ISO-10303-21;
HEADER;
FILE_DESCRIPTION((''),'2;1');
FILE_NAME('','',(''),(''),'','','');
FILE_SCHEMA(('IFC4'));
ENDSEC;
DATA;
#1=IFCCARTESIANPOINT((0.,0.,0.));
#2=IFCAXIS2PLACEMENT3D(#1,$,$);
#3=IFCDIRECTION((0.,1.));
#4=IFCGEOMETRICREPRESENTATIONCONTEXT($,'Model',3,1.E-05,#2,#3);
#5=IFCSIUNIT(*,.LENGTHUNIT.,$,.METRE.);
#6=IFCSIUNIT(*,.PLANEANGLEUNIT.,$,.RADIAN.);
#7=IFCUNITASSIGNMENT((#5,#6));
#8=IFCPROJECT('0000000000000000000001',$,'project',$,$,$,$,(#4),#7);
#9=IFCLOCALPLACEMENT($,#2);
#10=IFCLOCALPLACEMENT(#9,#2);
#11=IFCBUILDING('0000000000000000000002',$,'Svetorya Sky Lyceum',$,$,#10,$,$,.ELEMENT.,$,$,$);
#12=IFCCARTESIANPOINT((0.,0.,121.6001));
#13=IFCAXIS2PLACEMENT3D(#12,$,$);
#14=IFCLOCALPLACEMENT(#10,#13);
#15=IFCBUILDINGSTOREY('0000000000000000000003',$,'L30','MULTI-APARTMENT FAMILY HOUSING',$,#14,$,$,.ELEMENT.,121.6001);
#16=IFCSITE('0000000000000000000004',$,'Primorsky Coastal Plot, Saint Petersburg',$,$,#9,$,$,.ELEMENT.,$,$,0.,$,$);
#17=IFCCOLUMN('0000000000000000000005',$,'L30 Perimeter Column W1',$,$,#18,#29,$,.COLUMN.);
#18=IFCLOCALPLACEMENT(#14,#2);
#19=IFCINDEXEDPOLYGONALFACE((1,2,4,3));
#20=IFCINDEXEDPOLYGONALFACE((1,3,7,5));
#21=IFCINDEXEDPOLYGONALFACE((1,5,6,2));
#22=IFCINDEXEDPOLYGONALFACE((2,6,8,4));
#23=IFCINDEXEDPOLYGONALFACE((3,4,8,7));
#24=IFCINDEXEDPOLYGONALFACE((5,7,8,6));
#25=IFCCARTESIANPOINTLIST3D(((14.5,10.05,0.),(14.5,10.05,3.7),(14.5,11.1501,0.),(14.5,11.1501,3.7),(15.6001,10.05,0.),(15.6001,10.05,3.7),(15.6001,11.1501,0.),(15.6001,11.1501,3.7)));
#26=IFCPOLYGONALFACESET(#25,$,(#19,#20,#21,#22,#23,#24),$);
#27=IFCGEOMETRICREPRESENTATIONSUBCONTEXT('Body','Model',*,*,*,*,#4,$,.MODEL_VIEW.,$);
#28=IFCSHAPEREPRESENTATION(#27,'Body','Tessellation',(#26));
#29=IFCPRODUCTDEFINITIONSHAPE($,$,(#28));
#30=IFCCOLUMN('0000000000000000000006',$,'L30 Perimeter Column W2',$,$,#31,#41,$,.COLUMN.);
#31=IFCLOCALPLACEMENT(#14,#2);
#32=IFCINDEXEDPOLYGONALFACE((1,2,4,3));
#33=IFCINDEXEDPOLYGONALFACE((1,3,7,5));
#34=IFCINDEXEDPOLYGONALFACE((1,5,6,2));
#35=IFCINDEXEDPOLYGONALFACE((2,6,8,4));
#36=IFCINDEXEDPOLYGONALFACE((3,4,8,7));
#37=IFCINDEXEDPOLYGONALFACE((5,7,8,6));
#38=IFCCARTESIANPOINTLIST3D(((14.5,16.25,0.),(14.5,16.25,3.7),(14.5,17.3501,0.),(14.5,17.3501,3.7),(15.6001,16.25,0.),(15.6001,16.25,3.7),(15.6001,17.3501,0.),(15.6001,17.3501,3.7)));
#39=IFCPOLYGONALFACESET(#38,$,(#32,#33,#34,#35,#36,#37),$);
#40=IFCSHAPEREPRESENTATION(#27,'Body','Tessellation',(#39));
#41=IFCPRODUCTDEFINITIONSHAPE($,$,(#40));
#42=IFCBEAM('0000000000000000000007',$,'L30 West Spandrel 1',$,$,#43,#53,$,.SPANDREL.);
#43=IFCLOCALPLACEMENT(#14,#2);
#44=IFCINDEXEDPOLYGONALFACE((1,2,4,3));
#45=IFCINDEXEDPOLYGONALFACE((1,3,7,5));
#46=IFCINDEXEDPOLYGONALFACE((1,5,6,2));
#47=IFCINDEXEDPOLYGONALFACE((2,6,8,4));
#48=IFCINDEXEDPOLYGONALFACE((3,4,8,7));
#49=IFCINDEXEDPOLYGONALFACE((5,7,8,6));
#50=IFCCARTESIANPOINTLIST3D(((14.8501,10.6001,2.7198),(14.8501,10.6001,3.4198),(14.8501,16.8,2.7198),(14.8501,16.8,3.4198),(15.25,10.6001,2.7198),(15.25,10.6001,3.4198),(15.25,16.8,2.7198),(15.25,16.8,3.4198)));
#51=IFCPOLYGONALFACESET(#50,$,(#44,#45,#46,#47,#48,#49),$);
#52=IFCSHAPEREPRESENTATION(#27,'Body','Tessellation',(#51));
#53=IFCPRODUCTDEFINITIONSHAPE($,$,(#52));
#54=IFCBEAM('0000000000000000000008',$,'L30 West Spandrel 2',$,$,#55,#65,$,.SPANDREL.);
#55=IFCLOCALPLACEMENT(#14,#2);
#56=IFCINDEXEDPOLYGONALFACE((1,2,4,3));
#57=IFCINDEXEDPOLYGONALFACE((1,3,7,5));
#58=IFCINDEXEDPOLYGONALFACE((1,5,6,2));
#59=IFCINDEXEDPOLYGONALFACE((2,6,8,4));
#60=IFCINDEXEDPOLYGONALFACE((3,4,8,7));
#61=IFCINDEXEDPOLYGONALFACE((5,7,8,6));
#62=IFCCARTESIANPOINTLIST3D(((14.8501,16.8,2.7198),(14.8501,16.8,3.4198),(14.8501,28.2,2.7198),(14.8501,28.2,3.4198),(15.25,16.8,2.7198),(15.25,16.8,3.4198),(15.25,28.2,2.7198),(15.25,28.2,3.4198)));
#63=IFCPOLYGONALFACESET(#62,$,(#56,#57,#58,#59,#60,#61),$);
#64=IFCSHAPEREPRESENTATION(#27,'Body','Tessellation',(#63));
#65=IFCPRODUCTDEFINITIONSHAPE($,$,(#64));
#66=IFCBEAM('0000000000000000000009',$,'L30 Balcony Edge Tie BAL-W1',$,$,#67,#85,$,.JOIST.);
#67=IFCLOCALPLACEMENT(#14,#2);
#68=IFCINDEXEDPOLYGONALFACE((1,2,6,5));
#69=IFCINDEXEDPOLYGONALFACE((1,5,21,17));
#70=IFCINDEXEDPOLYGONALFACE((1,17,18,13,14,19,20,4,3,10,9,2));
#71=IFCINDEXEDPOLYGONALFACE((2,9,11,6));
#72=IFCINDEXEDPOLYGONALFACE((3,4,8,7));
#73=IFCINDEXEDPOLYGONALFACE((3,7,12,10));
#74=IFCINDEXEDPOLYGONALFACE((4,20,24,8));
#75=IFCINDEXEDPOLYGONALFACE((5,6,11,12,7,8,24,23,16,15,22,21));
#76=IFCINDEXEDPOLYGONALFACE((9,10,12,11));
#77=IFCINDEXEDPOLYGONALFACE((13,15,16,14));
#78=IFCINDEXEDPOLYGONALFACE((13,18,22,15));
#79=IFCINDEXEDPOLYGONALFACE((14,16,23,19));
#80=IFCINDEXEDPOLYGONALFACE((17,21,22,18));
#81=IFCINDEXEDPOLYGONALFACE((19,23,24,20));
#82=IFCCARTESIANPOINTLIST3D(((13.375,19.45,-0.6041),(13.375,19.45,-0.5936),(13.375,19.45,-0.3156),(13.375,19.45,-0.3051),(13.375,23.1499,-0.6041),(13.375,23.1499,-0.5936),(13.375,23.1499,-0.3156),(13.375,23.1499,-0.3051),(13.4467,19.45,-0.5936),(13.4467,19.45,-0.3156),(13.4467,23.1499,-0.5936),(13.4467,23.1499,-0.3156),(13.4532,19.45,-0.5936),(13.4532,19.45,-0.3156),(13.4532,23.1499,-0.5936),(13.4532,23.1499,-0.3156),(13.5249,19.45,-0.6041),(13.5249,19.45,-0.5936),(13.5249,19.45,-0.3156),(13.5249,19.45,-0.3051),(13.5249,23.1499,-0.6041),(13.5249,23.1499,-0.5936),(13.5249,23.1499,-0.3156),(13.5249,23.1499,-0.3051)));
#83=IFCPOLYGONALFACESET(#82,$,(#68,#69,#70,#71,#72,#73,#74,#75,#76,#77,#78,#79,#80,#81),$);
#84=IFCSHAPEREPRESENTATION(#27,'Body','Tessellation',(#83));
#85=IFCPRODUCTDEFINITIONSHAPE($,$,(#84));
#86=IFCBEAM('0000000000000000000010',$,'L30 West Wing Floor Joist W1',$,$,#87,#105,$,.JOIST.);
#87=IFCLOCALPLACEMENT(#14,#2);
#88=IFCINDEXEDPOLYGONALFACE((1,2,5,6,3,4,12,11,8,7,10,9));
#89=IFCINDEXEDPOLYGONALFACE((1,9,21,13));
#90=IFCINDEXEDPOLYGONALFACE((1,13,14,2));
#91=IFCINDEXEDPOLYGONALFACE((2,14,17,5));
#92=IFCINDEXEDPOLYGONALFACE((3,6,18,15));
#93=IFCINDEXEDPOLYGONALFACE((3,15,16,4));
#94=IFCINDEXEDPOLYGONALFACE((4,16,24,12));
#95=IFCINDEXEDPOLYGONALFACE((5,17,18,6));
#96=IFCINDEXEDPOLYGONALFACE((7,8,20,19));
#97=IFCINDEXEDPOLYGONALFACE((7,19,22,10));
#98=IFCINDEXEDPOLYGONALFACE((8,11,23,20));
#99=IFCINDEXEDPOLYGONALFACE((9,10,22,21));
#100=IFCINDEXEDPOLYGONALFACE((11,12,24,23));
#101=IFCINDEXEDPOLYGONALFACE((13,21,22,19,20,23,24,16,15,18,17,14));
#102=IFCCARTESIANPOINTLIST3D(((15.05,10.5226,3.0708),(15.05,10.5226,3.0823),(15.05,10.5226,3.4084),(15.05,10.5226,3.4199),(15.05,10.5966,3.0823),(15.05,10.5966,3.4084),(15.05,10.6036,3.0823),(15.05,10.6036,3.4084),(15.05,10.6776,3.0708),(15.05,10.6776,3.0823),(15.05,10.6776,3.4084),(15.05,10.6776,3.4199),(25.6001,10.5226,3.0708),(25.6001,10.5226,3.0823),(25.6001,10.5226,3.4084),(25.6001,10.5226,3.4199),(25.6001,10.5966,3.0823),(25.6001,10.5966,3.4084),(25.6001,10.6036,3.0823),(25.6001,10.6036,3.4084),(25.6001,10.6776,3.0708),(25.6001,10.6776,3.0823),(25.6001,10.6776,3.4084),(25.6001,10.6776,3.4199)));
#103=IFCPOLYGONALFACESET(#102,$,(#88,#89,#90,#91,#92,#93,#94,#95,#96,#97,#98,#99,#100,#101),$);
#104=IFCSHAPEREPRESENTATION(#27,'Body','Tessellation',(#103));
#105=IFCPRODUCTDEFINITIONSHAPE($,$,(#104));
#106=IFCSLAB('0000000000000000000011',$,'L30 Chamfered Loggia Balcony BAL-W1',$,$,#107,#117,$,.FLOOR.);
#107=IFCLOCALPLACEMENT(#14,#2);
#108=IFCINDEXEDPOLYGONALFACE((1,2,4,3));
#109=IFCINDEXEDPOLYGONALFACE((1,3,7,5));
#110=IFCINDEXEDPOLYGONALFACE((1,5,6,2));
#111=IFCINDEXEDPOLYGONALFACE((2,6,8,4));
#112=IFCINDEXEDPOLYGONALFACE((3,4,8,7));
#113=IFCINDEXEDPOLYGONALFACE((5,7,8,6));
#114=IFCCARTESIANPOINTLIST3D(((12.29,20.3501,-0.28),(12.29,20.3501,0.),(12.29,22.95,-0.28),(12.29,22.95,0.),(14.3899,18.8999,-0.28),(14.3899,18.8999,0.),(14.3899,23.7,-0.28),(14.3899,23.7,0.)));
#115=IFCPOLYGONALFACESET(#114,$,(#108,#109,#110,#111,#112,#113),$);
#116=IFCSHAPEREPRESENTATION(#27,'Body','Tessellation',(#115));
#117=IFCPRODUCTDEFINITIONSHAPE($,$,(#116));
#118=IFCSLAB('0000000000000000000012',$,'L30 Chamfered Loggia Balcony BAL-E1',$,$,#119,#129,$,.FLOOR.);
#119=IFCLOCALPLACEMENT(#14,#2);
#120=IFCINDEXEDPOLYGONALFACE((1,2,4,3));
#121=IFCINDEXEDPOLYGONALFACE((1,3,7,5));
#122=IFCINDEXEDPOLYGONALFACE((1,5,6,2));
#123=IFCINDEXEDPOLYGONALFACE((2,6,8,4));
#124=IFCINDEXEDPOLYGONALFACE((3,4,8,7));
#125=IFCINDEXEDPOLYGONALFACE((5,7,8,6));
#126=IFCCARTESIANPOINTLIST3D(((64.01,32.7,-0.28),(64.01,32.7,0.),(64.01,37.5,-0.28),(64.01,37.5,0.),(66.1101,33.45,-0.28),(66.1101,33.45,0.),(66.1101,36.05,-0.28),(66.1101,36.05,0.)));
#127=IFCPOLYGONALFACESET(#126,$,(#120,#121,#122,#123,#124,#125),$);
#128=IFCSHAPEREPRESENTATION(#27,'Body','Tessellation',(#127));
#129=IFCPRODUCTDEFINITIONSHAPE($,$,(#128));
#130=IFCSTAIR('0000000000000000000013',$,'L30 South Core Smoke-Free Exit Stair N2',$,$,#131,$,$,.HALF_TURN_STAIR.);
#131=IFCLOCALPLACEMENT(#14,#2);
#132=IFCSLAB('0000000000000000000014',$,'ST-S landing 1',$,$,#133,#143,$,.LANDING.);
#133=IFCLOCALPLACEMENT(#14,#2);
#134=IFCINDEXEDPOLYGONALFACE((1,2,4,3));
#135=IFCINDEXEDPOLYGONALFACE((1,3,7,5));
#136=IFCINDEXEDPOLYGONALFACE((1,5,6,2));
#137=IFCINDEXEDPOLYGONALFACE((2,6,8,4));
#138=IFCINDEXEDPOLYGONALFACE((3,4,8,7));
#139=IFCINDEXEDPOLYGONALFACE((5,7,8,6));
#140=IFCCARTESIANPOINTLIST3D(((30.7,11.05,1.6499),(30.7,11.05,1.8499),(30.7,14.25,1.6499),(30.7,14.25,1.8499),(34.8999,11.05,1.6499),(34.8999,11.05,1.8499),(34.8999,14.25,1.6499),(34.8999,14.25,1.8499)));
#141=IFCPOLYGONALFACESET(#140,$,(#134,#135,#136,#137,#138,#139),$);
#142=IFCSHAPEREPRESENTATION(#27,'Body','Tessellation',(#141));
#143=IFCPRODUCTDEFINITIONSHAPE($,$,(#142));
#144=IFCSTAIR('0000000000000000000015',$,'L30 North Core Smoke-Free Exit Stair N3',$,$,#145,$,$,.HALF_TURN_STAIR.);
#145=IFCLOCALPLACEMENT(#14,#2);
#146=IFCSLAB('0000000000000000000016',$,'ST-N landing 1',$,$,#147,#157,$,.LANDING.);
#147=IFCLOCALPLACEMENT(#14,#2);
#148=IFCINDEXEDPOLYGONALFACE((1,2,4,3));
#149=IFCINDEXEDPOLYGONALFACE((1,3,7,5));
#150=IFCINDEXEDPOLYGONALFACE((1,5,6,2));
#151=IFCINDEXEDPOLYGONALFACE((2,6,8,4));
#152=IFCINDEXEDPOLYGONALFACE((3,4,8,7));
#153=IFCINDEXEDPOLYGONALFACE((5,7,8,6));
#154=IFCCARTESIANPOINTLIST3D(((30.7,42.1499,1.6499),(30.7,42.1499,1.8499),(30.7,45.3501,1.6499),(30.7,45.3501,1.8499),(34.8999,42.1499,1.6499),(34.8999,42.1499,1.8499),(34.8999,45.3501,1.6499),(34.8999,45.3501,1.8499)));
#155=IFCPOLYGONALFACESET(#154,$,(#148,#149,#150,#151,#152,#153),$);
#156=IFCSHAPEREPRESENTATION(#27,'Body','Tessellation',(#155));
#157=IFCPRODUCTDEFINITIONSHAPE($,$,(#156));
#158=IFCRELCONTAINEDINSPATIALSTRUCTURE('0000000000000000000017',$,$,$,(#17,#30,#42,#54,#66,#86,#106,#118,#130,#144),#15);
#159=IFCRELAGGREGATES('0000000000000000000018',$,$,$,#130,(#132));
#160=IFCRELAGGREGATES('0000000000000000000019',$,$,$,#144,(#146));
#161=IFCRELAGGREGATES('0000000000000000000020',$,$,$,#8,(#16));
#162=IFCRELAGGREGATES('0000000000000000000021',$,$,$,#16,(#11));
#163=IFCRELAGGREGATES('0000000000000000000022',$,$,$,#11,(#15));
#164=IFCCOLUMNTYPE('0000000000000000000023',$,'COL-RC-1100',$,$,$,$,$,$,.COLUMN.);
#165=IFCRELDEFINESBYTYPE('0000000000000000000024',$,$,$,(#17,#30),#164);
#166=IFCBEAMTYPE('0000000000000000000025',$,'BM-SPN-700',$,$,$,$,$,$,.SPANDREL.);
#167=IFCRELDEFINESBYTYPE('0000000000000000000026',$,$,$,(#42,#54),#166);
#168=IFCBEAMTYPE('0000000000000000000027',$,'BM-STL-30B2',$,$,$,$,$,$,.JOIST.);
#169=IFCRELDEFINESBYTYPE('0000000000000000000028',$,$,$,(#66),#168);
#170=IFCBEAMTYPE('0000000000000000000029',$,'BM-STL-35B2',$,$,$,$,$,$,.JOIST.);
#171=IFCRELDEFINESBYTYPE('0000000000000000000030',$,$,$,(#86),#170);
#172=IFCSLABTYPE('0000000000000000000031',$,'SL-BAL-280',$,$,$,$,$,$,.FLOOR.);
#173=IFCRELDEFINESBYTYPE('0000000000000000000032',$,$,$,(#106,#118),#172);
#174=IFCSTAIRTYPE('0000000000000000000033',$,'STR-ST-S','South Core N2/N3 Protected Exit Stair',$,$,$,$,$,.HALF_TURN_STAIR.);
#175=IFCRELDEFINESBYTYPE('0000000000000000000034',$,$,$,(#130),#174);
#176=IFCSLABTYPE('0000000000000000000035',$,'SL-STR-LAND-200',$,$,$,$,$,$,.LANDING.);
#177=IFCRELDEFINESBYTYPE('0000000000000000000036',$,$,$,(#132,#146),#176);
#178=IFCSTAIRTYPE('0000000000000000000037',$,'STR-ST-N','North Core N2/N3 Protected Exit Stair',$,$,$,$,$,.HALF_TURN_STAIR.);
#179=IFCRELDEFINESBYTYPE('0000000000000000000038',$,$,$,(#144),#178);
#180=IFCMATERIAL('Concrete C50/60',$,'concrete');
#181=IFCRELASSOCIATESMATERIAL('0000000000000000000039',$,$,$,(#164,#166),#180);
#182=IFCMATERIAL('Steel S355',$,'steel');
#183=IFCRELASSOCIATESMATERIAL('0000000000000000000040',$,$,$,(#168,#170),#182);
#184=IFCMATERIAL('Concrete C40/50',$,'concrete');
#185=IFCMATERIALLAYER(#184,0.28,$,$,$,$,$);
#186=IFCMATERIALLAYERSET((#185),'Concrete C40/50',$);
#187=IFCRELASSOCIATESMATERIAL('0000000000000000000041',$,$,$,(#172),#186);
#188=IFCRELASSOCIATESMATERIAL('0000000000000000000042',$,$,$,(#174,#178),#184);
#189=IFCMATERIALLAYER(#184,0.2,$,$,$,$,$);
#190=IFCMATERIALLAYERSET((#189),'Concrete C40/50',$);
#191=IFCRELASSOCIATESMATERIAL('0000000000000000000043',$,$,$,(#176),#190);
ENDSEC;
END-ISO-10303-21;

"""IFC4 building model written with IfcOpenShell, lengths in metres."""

from ifc_helpers import new_model, si_unit, direction, frame, origin, origin_2d, place, context, subcontext, project, spatial, polyline, rectangle, i_section, outline, extrude, material, layer, layer_set, material_profile, profile_set, type_object, element, aggregate, save


model = new_model("IFC4")

# Units and contexts
model_context = context("Model", 3, precision=1e-05, world=origin(), true_north=direction((0.0, 1.0)))
body_context = subcontext(model_context, "Body", "Model", "MODEL_VIEW")
ifc_project = project(units=[si_unit("LENGTHUNIT", "METRE"), si_unit("PLANEANGLEUNIT", "RADIAN")], contexts=[model_context])

# Site, building, storey
site_placement = place(None, origin())
site = spatial("IfcSite", under=ifc_project, at=site_placement, Name="Primorsky Coastal Plot, Saint Petersburg", CompositionType="ELEMENT", RefElevation=0.0)
building_placement = place(site_placement, origin())
building = spatial("IfcBuilding", under=site, at=building_placement, Name="Svetorya Sky Lyceum", CompositionType="ELEMENT")
storey_placement = place(building_placement, frame((0.0, 0.0, 121.6001)))
storey = spatial("IfcBuildingStorey", under=building, at=storey_placement, Name="L30", Description="MULTI-APARTMENT FAMILY HOUSING", CompositionType="ELEMENT", Elevation=121.6001)

# Columns
ifc_material_1 = material(Name="Concrete C50/60", Category="concrete")
ifc_material_profile_1 = material_profile(ifc_material_1, rectangle(XDim=1.1001, YDim=1.1001, at=origin_2d()), Name="RC COL 1100x1100")
ifc_profile_set_1 = profile_set([ifc_material_profile_1], Name="Concrete C50/60")
column_type = type_object("IfcColumnType", Name="COL-RC-1100", PredefinedType="COLUMN", material=ifc_profile_set_1)
for number, where, z_axis, x_axis, name in (
    (1, (15.05, 10.6001, 0.0), (0.0, 0.0, 1.0), (1.0, 0.0, 0.0), "L30 Perimeter Column W1"),
    (2, (15.05, 16.8, 0.0), (0.0, 0.0, 1.0), (1.0, 0.0, 0.0), "L30 Perimeter Column W2"),
):
    element("IfcColumn", number, at=place(storey_placement, frame(where, z_axis=z_axis, x_axis=x_axis)), inside=storey, type_object=column_type, Name=name, PredefinedType="COLUMN", context=body_context, shape_type="SweptSolid", body=[
        extrude(rectangle(XDim=1.1001, YDim=1.1001, at=origin_2d()), origin(), (0.0, 0.0, 1.0), 3.7),
    ])

# Beams
ifc_material_profile_2 = material_profile(ifc_material_1, rectangle(XDim=0.3999, YDim=0.7, at=origin_2d()), Name="RC SPANDREL 400x700")
ifc_profile_set_2 = profile_set([ifc_material_profile_2], Name="Concrete C50/60")
beam_type_1 = type_object("IfcBeamType", Name="BM-SPN-700", PredefinedType="SPANDREL", material=ifc_profile_set_2)
beam_1_placement = place(storey_placement, frame((15.05, 10.6001, 3.0698), z_axis=(0.0, 1.0, 0.0), x_axis=(-1.0, 0.0, 0.0)))
element("IfcBeam", 3, at=beam_1_placement, inside=storey, type_object=beam_type_1, Name="L30 West Spandrel 1", PredefinedType="SPANDREL", context=body_context, shape_type="SweptSolid", body=[
    extrude(rectangle(XDim=0.3999, YDim=0.7, at=origin_2d()), origin(), (0.0, 0.0, 1.0), 6.2),
])
beam_2_placement = place(storey_placement, frame((15.05, 16.8, 3.0698), z_axis=(0.0, 1.0, 0.0), x_axis=(-1.0, 0.0, 0.0)))
element("IfcBeam", 4, at=beam_2_placement, inside=storey, type_object=beam_type_1, Name="L30 West Spandrel 2", PredefinedType="SPANDREL", context=body_context, shape_type="SweptSolid", body=[
    extrude(rectangle(XDim=0.3999, YDim=0.7, at=origin_2d()), origin(), (0.0, 0.0, 1.0), 11.3999),
])
ifc_material_2 = material(Name="Steel S355", Category="steel")
ifc_material_profile_3 = material_profile(ifc_material_2, i_section(OverallWidth=0.1499, OverallDepth=0.2991, WebThickness=0.0066, FlangeThickness=0.0105, at=origin_2d()), Name="GOST 30B2")
ifc_profile_set_3 = profile_set([ifc_material_profile_3], Name="Steel S355")
beam_type_2 = type_object("IfcBeamType", Name="BM-STL-30B2", PredefinedType="JOIST", material=ifc_profile_set_3)
beam_3_placement = place(storey_placement, frame((13.45, 19.45, -0.4546), z_axis=(0.0, 1.0, 0.0), x_axis=(-1.0, 0.0, 0.0)))
element("IfcBeam", 5, at=beam_3_placement, inside=storey, type_object=beam_type_2, Name="L30 Balcony Edge Tie BAL-W1", PredefinedType="JOIST", context=body_context, shape_type="SweptSolid", body=[
    extrude(i_section(OverallWidth=0.1499, OverallDepth=0.2991, WebThickness=0.0066, FlangeThickness=0.0105, at=origin_2d()), origin(), (0.0, 0.0, 1.0), 3.7),
])
ifc_material_profile_4 = material_profile(ifc_material_2, i_section(OverallWidth=0.155, OverallDepth=0.3491, WebThickness=0.0071, FlangeThickness=0.0115, at=origin_2d()), Name="GOST 35B2")
ifc_profile_set_4 = profile_set([ifc_material_profile_4], Name="Steel S355")
beam_type_3 = type_object("IfcBeamType", Name="BM-STL-35B2", PredefinedType="JOIST", material=ifc_profile_set_4)
beam_4_placement = place(storey_placement, frame((15.05, 10.6001, 3.2454), z_axis=(1.0, 0.0, 0.0), x_axis=(0.0, 1.0, 0.0)))
element("IfcBeam", 6, at=beam_4_placement, inside=storey, type_object=beam_type_3, Name="L30 West Wing Floor Joist W1", PredefinedType="JOIST", context=body_context, shape_type="SweptSolid", body=[
    extrude(i_section(OverallWidth=0.155, OverallDepth=0.3491, WebThickness=0.0071, FlangeThickness=0.0115, at=origin_2d()), origin(), (0.0, 0.0, 1.0), 10.55),
])

# Slabs
ifc_material_3 = material(Name="Concrete C40/50", Category="concrete")
ifc_layer_1 = layer(ifc_material_3, 0.28)
ifc_layer_set_1 = layer_set([ifc_layer_1], Name="Concrete C40/50")
slab_type_1 = type_object("IfcSlabType", Name="SL-BAL-280", PredefinedType="FLOOR", material=ifc_layer_set_1)
slab_1_placement = place(storey_placement, frame((0.0, 0.0, -0.28)))
element("IfcSlab", 7, at=slab_1_placement, inside=storey, type_object=slab_type_1, Name="L30 Chamfered Loggia Balcony BAL-W1", PredefinedType="FLOOR", context=body_context, shape_type="SweptSolid", body=[
    extrude(outline(polyline([(14.3899, 18.8999), (14.3899, 23.7), (12.29, 22.95), (12.29, 20.3501), (14.3899, 18.8999)])), origin(), (0.0, 0.0, 1.0), 0.28),
])
slab_2_placement = place(storey_placement, frame((0.0, 0.0, -0.28)))
element("IfcSlab", 8, at=slab_2_placement, inside=storey, type_object=slab_type_1, Name="L30 Chamfered Loggia Balcony BAL-E1", PredefinedType="FLOOR", context=body_context, shape_type="SweptSolid", body=[
    extrude(outline(polyline([(64.01, 32.7), (66.1101, 33.45), (66.1101, 36.05), (64.01, 37.5), (64.01, 32.7)])), origin(), (0.0, 0.0, 1.0), 0.28),
])

# Stairs, slabs
stair_type_1 = type_object("IfcStairType", Name="STR-ST-S", Description="South Core N2/N3 Protected Exit Stair", PredefinedType="HALF_TURN_STAIR", material=ifc_material_3)
stair_1_placement = place(storey_placement, origin())
stair_1 = element("IfcStair", 9, at=stair_1_placement, inside=storey, type_object=stair_type_1, Name="L30 South Core Smoke-Free Exit Stair N2", PredefinedType="HALF_TURN_STAIR")
ifc_layer_2 = layer(ifc_material_3, 0.2)
ifc_layer_set_2 = layer_set([ifc_layer_2], Name="Concrete C40/50")
slab_type_2 = type_object("IfcSlabType", Name="SL-STR-LAND-200", PredefinedType="LANDING", material=ifc_layer_set_2)
slab_3_placement = place(storey_placement, frame((0.0, 0.0, 1.6499)))
slab_3 = element("IfcSlab", 10, at=slab_3_placement, type_object=slab_type_2, Name="ST-S landing 1", PredefinedType="LANDING", context=body_context, shape_type="SweptSolid", body=[
    extrude(outline(polyline([(30.7, 11.05), (34.8999, 11.05), (34.8999, 14.25), (30.7, 14.25), (30.7, 11.05)])), origin(), (0.0, 0.0, 1.0), 0.2),
])
aggregate(stair_1, [slab_3])
stair_type_2 = type_object("IfcStairType", Name="STR-ST-N", Description="North Core N2/N3 Protected Exit Stair", PredefinedType="HALF_TURN_STAIR", material=ifc_material_3)
stair_2_placement = place(storey_placement, origin())
stair_2 = element("IfcStair", 11, at=stair_2_placement, inside=storey, type_object=stair_type_2, Name="L30 North Core Smoke-Free Exit Stair N3", PredefinedType="HALF_TURN_STAIR")
slab_4_placement = place(storey_placement, frame((0.0, 0.0, 1.6499)))
slab_4 = element("IfcSlab", 12, at=slab_4_placement, type_object=slab_type_2, Name="ST-N landing 1", PredefinedType="LANDING", context=body_context, shape_type="SweptSolid", body=[
    extrude(outline(polyline([(30.7, 42.1499), (34.8999, 42.1499), (34.8999, 45.3501), (30.7, 45.3501), (30.7, 42.1499)])), origin(), (0.0, 0.0, 1.0), 0.2),
])
aggregate(stair_2, [slab_4])

save(model, "model.ifc")
